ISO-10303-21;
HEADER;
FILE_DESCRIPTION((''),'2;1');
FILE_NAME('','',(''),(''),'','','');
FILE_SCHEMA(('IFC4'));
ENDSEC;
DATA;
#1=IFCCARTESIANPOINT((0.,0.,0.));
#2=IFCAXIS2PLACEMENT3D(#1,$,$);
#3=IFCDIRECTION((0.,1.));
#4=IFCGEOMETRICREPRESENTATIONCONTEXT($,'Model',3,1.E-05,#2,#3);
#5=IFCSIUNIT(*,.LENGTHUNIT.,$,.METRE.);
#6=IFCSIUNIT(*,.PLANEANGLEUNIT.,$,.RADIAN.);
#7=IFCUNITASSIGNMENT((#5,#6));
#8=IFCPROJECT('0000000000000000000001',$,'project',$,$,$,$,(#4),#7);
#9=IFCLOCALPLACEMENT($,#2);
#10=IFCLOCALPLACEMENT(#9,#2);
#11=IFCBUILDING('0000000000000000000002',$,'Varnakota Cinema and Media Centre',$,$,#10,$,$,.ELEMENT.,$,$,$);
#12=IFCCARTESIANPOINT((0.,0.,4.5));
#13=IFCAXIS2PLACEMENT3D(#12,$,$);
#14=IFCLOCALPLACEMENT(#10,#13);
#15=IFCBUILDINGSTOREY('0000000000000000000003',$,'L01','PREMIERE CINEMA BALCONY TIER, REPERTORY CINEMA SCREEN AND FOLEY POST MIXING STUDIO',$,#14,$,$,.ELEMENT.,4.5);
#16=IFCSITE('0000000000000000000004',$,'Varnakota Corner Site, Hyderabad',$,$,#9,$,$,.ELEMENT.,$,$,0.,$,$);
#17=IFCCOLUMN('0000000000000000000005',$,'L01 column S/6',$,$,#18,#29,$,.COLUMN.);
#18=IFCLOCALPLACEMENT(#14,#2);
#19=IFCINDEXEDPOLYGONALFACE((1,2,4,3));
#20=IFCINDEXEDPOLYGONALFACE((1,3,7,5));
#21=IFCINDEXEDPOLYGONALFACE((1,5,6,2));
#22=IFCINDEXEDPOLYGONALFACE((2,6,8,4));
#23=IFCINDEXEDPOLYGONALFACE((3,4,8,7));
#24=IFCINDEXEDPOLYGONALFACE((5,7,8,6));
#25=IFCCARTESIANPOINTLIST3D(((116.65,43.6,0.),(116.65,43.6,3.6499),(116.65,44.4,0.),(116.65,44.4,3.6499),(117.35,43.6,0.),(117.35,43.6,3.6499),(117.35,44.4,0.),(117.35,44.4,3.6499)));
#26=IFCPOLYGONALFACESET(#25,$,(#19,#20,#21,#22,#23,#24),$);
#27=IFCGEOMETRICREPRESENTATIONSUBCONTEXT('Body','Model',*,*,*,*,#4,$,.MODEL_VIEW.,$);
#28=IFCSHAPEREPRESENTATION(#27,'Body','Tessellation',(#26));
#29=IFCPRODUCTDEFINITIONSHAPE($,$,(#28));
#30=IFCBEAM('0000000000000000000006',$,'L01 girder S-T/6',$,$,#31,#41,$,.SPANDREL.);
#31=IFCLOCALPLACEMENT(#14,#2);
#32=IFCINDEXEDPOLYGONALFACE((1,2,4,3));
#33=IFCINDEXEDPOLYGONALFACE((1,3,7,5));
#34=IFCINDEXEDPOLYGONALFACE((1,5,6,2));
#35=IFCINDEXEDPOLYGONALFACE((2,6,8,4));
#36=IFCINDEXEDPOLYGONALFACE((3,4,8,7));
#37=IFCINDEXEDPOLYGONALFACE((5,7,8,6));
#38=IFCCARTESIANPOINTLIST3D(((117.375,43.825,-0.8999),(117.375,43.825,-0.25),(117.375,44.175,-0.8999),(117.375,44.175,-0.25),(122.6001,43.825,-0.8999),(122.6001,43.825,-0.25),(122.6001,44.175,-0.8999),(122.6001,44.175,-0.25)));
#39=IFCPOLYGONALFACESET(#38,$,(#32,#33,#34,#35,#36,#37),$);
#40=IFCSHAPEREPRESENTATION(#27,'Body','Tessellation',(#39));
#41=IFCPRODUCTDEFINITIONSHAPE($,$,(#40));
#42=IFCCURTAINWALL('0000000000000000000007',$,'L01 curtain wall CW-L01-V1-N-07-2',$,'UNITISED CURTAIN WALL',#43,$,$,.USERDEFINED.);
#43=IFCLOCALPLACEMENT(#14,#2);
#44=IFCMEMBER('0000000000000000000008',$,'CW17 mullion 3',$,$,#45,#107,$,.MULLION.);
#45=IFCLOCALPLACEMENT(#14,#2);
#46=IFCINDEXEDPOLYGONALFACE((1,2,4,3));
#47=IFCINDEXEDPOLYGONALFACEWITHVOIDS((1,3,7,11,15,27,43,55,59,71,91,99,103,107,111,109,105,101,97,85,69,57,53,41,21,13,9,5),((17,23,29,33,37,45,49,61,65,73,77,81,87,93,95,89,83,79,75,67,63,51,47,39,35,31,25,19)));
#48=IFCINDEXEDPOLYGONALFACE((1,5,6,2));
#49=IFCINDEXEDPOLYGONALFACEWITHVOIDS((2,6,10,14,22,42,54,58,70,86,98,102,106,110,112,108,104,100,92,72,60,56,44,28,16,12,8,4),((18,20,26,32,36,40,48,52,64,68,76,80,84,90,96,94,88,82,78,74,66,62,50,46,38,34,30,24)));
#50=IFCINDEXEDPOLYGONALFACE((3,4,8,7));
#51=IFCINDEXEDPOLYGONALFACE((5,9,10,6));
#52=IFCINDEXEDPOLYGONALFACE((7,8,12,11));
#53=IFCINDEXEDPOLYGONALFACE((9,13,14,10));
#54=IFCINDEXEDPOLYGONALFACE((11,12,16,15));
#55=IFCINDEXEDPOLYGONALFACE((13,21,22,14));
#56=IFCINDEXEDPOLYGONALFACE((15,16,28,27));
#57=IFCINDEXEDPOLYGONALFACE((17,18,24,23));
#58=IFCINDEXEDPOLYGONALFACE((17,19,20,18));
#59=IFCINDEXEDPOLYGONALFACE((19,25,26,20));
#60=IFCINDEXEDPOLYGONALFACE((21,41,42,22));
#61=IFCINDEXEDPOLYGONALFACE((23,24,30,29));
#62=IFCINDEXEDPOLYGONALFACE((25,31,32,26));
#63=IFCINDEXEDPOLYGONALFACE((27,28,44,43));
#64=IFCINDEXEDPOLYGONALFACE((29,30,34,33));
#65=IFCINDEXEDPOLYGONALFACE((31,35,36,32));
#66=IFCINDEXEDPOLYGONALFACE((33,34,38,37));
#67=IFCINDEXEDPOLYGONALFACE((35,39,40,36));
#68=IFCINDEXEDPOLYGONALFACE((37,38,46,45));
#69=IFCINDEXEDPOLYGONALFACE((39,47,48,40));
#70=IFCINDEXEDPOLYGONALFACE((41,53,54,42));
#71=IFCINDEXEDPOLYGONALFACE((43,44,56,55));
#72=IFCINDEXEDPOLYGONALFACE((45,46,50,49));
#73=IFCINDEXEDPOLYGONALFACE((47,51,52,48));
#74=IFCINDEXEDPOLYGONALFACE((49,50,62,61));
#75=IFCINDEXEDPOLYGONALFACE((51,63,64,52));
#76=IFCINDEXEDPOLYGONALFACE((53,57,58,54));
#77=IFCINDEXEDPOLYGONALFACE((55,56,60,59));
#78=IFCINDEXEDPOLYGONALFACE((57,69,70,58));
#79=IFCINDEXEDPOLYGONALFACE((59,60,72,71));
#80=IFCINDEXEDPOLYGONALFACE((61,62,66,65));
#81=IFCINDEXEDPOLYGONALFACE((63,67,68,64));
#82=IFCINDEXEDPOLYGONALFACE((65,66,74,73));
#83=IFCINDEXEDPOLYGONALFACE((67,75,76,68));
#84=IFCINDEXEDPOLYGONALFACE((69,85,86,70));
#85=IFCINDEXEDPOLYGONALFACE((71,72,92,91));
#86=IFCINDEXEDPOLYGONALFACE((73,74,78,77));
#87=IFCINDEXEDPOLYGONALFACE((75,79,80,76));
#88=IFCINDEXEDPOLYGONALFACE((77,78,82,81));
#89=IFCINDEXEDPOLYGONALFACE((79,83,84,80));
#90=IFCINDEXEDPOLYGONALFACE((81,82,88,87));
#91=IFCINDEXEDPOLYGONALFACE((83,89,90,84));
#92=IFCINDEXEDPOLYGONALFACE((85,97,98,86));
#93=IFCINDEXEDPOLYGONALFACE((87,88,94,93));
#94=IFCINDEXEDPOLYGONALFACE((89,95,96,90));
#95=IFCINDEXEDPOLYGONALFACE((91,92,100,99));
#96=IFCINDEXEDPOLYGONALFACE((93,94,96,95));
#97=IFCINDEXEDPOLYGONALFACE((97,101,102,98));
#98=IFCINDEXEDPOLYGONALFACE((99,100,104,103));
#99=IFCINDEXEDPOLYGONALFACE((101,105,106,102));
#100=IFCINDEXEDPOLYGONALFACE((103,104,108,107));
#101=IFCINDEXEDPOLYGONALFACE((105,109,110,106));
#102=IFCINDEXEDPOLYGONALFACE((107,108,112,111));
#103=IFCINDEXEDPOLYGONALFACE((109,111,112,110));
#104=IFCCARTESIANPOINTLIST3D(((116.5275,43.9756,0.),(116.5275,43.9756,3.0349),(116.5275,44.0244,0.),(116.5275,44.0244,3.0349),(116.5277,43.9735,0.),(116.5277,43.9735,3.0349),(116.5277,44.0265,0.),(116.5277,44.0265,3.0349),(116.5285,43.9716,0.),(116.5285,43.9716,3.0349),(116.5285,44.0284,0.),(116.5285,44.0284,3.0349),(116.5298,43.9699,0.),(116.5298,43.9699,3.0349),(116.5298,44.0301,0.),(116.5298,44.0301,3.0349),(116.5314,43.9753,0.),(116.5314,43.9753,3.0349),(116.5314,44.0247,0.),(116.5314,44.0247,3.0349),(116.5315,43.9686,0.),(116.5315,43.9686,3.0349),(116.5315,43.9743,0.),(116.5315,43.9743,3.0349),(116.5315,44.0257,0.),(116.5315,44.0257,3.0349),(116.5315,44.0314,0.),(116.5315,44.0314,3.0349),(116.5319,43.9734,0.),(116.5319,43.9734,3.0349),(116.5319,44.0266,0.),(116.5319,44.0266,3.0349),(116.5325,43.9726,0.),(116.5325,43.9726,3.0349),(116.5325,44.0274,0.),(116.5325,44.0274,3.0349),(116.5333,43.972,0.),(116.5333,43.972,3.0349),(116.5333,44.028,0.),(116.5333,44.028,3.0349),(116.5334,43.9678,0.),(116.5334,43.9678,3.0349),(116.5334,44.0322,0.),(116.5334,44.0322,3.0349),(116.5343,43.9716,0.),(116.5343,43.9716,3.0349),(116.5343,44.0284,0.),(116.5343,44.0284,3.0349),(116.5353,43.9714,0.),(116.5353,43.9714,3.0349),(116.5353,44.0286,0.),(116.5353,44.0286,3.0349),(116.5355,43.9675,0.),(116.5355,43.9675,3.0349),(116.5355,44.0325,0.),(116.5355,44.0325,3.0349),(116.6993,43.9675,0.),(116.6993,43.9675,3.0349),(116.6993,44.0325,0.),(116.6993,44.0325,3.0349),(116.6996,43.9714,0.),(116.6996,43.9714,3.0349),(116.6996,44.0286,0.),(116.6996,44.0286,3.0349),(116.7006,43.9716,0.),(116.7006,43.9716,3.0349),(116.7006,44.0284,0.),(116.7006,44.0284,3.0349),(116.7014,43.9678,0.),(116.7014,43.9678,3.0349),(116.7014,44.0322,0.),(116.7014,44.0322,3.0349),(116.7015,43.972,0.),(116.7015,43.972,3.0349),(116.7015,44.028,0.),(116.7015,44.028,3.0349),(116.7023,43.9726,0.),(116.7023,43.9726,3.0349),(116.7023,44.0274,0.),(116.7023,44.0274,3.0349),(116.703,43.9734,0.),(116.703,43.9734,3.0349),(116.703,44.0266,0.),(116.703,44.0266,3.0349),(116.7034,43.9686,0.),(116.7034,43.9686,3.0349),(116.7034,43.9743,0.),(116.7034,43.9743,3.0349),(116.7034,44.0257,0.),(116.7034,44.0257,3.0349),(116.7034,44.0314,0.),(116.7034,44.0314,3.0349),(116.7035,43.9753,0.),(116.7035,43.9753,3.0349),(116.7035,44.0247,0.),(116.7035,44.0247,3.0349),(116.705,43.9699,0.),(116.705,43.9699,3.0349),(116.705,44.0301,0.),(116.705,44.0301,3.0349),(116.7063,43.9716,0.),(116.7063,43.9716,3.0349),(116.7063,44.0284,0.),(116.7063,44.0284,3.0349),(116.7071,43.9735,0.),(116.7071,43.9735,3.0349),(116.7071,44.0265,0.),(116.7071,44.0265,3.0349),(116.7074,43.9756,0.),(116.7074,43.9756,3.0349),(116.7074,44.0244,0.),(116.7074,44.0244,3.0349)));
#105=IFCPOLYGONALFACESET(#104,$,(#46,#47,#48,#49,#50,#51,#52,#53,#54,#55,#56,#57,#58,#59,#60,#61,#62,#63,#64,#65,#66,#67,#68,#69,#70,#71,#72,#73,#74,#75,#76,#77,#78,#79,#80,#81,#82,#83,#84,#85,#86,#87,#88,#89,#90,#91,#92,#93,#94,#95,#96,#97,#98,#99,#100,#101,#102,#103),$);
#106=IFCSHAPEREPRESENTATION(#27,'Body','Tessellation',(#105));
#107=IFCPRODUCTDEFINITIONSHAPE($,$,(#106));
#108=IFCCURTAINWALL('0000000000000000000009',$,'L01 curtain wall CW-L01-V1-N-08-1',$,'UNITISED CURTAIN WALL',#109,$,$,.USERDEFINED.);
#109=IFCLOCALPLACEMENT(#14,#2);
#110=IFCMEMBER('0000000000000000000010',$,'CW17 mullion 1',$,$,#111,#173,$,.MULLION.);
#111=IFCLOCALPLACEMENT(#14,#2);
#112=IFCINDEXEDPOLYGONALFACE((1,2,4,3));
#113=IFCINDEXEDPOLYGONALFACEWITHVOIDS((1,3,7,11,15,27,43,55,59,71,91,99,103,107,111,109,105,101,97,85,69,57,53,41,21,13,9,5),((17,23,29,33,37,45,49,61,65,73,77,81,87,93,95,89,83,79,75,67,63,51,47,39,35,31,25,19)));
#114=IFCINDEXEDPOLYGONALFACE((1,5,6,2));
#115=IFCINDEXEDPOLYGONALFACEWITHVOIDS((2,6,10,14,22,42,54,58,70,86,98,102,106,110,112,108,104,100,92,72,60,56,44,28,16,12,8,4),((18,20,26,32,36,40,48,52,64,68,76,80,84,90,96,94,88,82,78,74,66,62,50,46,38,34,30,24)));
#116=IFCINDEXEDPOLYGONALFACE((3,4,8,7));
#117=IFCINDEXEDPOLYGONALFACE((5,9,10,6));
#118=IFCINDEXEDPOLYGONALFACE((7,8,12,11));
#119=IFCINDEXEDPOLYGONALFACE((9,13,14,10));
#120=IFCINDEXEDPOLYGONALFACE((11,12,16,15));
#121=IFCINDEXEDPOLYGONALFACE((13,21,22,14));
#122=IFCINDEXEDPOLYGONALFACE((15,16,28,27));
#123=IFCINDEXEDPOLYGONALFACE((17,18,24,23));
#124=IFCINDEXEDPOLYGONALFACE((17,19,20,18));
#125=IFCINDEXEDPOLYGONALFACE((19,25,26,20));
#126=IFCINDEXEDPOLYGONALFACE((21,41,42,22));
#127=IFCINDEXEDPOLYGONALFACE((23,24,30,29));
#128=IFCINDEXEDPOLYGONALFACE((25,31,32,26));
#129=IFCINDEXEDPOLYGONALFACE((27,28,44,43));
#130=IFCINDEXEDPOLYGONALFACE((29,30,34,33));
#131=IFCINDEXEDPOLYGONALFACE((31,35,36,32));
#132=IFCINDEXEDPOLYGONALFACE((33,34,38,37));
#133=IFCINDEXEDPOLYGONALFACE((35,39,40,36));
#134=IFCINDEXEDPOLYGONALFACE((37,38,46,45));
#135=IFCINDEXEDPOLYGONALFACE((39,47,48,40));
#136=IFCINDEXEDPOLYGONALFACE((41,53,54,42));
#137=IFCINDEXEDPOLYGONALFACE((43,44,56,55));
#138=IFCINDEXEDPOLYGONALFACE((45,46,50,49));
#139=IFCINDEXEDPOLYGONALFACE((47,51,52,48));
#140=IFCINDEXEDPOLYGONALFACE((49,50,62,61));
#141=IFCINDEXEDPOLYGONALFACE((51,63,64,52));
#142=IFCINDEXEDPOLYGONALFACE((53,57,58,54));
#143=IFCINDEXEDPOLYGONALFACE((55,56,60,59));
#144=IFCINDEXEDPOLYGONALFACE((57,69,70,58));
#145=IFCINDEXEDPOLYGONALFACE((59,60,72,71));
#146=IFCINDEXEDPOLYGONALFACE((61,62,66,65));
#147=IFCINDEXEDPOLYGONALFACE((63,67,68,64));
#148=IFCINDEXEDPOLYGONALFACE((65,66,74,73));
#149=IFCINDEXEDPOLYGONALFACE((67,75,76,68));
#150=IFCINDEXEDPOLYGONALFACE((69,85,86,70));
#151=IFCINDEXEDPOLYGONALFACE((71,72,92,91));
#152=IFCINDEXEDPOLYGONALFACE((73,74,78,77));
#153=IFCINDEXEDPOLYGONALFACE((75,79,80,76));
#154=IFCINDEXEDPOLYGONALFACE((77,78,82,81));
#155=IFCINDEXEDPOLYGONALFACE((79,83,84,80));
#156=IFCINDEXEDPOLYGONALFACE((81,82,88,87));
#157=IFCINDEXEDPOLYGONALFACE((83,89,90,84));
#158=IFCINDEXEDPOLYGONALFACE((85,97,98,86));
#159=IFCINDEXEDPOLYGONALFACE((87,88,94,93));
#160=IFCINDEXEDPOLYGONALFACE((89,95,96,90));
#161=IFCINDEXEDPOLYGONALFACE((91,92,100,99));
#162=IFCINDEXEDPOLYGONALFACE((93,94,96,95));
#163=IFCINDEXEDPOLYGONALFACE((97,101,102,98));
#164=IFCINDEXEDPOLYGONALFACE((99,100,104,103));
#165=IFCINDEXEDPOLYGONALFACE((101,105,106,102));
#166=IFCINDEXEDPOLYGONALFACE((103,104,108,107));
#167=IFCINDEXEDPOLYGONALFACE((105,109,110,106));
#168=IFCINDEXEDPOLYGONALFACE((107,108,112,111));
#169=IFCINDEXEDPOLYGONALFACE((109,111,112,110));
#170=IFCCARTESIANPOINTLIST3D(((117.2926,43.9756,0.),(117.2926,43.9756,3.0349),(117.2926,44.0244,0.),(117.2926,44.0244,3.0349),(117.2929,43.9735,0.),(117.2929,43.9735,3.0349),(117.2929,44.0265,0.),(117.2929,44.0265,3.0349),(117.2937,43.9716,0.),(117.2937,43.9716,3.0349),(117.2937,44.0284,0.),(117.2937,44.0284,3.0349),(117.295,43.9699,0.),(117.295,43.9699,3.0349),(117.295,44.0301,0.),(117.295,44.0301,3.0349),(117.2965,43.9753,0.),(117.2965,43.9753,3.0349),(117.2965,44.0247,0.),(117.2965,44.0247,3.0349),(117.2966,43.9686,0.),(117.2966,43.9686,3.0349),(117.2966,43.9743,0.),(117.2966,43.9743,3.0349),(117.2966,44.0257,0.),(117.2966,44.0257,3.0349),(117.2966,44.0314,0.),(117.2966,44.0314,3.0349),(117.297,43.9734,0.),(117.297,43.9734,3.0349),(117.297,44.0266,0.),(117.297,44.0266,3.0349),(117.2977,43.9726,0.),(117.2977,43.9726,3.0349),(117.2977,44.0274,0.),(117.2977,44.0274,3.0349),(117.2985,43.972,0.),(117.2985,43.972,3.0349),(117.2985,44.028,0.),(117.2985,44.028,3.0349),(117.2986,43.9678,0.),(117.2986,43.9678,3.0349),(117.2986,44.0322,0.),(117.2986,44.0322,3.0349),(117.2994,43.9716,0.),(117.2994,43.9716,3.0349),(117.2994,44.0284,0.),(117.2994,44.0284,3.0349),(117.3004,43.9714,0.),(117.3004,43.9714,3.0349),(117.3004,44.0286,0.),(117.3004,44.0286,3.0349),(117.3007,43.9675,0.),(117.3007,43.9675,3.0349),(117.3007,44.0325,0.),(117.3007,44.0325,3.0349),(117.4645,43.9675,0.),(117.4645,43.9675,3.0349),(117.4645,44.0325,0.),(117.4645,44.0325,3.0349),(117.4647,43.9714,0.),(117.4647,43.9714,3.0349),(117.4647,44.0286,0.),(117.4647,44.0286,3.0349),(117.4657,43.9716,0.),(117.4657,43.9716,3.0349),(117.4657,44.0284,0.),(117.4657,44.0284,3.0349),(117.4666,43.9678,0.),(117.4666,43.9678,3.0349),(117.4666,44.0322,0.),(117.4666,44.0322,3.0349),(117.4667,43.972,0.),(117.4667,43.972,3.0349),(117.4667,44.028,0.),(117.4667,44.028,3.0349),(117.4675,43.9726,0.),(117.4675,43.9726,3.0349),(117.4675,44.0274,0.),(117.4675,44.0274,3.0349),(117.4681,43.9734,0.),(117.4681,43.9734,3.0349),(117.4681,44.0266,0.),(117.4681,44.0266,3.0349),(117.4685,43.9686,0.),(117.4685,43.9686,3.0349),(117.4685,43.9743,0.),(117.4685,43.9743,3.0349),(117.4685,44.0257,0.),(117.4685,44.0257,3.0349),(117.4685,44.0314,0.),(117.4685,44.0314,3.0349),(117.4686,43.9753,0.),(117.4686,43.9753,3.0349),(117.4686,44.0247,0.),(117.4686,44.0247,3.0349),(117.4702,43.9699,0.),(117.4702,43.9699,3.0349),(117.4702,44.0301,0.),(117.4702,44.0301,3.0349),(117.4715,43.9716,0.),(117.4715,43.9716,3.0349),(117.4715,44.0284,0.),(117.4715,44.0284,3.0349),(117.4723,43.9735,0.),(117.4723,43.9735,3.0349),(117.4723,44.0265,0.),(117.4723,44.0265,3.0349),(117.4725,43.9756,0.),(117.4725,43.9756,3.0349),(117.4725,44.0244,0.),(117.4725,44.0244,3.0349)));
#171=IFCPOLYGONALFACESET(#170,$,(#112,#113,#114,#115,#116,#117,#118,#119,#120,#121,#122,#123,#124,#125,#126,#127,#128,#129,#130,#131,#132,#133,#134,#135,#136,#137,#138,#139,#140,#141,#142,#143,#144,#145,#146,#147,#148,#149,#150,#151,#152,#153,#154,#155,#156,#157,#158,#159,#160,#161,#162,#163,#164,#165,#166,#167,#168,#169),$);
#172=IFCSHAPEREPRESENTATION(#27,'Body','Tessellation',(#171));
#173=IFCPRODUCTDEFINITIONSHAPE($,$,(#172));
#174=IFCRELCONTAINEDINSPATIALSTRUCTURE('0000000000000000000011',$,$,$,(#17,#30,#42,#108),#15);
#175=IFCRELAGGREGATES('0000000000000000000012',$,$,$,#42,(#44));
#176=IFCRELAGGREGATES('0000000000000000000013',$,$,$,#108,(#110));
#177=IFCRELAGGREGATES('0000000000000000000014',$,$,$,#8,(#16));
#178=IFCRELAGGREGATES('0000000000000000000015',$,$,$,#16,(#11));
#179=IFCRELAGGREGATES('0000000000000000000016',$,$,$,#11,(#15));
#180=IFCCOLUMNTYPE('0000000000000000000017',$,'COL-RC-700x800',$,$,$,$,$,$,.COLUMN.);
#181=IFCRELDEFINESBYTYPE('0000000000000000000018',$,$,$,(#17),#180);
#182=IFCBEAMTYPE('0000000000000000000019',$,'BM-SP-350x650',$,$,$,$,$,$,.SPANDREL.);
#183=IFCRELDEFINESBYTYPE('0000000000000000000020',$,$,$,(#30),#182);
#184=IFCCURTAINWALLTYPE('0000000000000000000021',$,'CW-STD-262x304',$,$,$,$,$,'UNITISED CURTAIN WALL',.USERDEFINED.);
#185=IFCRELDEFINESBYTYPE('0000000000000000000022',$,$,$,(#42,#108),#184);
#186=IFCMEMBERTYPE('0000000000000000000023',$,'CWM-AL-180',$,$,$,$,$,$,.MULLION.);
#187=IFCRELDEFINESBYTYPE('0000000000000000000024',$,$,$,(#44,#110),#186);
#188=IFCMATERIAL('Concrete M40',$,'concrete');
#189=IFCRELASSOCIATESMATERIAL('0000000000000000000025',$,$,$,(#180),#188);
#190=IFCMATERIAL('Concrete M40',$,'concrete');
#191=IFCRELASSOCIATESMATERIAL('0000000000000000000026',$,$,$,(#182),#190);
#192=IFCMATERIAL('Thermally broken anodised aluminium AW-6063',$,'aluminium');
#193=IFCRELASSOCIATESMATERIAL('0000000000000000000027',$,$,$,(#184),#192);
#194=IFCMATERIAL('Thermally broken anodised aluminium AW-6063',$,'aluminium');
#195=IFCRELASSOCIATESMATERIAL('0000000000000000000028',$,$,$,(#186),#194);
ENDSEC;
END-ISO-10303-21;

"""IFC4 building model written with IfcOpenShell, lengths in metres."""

from ifc_helpers import new_model, si_unit, direction, frame, origin, origin_2d, place, context, subcontext, project, spatial, rectangle, hollow_rectangle, extrude, material, material_profile, profile_set, type_object, element, aggregate, save


model = new_model("IFC4")

# Units and contexts
model_context = context("Model", 3, precision=1e-05, world=origin(), true_north=direction((0.0, 1.0)))
body_context = subcontext(model_context, "Body", "Model", "MODEL_VIEW")
ifc_project = project(units=[si_unit("LENGTHUNIT", "METRE"), si_unit("PLANEANGLEUNIT", "RADIAN")], contexts=[model_context])

# Site, building, storey
site_placement = place(None, origin())
site = spatial("IfcSite", under=ifc_project, at=site_placement, Name="Varnakota Corner Site, Hyderabad", CompositionType="ELEMENT", RefElevation=0.0)
building_placement = place(site_placement, origin())
building = spatial("IfcBuilding", under=site, at=building_placement, Name="Varnakota Cinema and Media Centre", CompositionType="ELEMENT")
storey_placement = place(building_placement, frame((0.0, 0.0, 4.5)))
storey = spatial("IfcBuildingStorey", under=building, at=storey_placement, Name="L01", Description="PREMIERE CINEMA BALCONY TIER, REPERTORY CINEMA SCREEN AND FOLEY POST MIXING STUDIO", CompositionType="ELEMENT", Elevation=4.5)

# Column
ifc_material_1 = material(Name="Concrete M40", Category="concrete")
ifc_material_profile_1 = material_profile(ifc_material_1, rectangle(XDim=0.7, YDim=0.8, at=origin_2d()), Name="RC 700x800")
ifc_profile_set_1 = profile_set([ifc_material_profile_1], Name="Concrete M40")
column_type = type_object("IfcColumnType", Name="COL-RC-700x800", PredefinedType="COLUMN", material=ifc_profile_set_1)
column_placement = place(storey_placement, frame((117.0, 44.0, 0.0), z_axis=(0.0, 0.0, 1.0), x_axis=(1.0, 0.0, 0.0)))
element("IfcColumn", 1, at=column_placement, inside=storey, type_object=column_type, Name="L01 column S/6", PredefinedType="COLUMN", context=body_context, shape_type="SweptSolid", body=[
    extrude(rectangle(XDim=0.7, YDim=0.8, at=origin_2d()), origin(), (0.0, 0.0, 1.0), 3.6499),
])

# Beam
ifc_material_2 = material(Name="Concrete M40", Category="concrete")
ifc_material_profile_2 = material_profile(ifc_material_2, rectangle(XDim=0.3501, YDim=0.6499, at=origin_2d()), Name="RCB 350x650")
ifc_profile_set_2 = profile_set([ifc_material_profile_2], Name="Concrete M40")
beam_type = type_object("IfcBeamType", Name="BM-SP-350x650", PredefinedType="SPANDREL", material=ifc_profile_set_2)
beam_placement = place(storey_placement, frame((117.375, 44.0, -0.575), z_axis=(1.0, 0.0, 0.0), x_axis=(0.0, 1.0, 0.0)))
element("IfcBeam", 2, at=beam_placement, inside=storey, type_object=beam_type, Name="L01 girder S-T/6", PredefinedType="SPANDREL", context=body_context, shape_type="SweptSolid", body=[
    extrude(rectangle(XDim=0.3501, YDim=0.6499, at=origin_2d()), origin(), (0.0, 0.0, 1.0), 5.2251),
])

# Curtain wall, member
ifc_material_3 = material(Name="Thermally broken anodised aluminium AW-6063", Category="aluminium")
curtain_wall_type = type_object("IfcCurtainWallType", Name="CW-STD-262x304", ElementType="UNITISED CURTAIN WALL", PredefinedType="USERDEFINED", material=ifc_material_3)
curtain_wall_1_placement = place(storey_placement, origin())
curtain_wall_1 = element("IfcCurtainWall", 3, at=curtain_wall_1_placement, inside=storey, type_object=curtain_wall_type, Name="L01 curtain wall CW-L01-V1-N-07-2", ObjectType="UNITISED CURTAIN WALL", PredefinedType="USERDEFINED")
ifc_material_4 = material(Name="Thermally broken anodised aluminium AW-6063", Category="aluminium")
ifc_material_profile_3 = material_profile(ifc_material_4, hollow_rectangle(XDim=0.0649, YDim=0.1799, WallThickness=0.0039, InnerFilletRadius=0.0039, OuterFilletRadius=0.0081, at=origin_2d()), Name="AL-MULLION 180x65x4")
ifc_profile_set_3 = profile_set([ifc_material_profile_3], Name="Thermally broken anodised aluminium AW-6063")
member_type_1 = type_object("IfcMemberType", Name="CWM-AL-180", PredefinedType="MULLION", material=ifc_profile_set_3)
member_1_placement = place(storey_placement, frame((116.6174, 44.0, 0.0), z_axis=(0.0, 0.0, 1.0), x_axis=(0.0, 1.0, 0.0)))
member_1 = element("IfcMember", 4, at=member_1_placement, type_object=member_type_1, Name="CW17 mullion 3", PredefinedType="MULLION", context=body_context, shape_type="SweptSolid", body=[
    extrude(hollow_rectangle(XDim=0.0649, YDim=0.1799, WallThickness=0.0039, InnerFilletRadius=0.0039, OuterFilletRadius=0.0081, at=origin_2d()), origin(), (0.0, 0.0, 1.0), 3.0349),
])

# Curtain wall, member
curtain_wall_2_placement = place(storey_placement, origin())
curtain_wall_2 = element("IfcCurtainWall", 5, at=curtain_wall_2_placement, inside=storey, type_object=curtain_wall_type, Name="L01 curtain wall CW-L01-V1-N-08-1", ObjectType="UNITISED CURTAIN WALL", PredefinedType="USERDEFINED")
member_2_placement = place(storey_placement, frame((117.3826, 44.0, 0.0), z_axis=(0.0, 0.0, 1.0), x_axis=(0.0, 1.0, 0.0)))
member_2 = element("IfcMember", 6, at=member_2_placement, type_object=member_type_1, Name="CW17 mullion 1", PredefinedType="MULLION", context=body_context, shape_type="SweptSolid", body=[
    extrude(hollow_rectangle(XDim=0.0649, YDim=0.1799, WallThickness=0.0039, InnerFilletRadius=0.0039, OuterFilletRadius=0.0081, at=origin_2d()), origin(), (0.0, 0.0, 1.0), 3.0349),
])

aggregate(curtain_wall_1, [member_1])
aggregate(curtain_wall_2, [member_2])

save(model, "model.ifc")
